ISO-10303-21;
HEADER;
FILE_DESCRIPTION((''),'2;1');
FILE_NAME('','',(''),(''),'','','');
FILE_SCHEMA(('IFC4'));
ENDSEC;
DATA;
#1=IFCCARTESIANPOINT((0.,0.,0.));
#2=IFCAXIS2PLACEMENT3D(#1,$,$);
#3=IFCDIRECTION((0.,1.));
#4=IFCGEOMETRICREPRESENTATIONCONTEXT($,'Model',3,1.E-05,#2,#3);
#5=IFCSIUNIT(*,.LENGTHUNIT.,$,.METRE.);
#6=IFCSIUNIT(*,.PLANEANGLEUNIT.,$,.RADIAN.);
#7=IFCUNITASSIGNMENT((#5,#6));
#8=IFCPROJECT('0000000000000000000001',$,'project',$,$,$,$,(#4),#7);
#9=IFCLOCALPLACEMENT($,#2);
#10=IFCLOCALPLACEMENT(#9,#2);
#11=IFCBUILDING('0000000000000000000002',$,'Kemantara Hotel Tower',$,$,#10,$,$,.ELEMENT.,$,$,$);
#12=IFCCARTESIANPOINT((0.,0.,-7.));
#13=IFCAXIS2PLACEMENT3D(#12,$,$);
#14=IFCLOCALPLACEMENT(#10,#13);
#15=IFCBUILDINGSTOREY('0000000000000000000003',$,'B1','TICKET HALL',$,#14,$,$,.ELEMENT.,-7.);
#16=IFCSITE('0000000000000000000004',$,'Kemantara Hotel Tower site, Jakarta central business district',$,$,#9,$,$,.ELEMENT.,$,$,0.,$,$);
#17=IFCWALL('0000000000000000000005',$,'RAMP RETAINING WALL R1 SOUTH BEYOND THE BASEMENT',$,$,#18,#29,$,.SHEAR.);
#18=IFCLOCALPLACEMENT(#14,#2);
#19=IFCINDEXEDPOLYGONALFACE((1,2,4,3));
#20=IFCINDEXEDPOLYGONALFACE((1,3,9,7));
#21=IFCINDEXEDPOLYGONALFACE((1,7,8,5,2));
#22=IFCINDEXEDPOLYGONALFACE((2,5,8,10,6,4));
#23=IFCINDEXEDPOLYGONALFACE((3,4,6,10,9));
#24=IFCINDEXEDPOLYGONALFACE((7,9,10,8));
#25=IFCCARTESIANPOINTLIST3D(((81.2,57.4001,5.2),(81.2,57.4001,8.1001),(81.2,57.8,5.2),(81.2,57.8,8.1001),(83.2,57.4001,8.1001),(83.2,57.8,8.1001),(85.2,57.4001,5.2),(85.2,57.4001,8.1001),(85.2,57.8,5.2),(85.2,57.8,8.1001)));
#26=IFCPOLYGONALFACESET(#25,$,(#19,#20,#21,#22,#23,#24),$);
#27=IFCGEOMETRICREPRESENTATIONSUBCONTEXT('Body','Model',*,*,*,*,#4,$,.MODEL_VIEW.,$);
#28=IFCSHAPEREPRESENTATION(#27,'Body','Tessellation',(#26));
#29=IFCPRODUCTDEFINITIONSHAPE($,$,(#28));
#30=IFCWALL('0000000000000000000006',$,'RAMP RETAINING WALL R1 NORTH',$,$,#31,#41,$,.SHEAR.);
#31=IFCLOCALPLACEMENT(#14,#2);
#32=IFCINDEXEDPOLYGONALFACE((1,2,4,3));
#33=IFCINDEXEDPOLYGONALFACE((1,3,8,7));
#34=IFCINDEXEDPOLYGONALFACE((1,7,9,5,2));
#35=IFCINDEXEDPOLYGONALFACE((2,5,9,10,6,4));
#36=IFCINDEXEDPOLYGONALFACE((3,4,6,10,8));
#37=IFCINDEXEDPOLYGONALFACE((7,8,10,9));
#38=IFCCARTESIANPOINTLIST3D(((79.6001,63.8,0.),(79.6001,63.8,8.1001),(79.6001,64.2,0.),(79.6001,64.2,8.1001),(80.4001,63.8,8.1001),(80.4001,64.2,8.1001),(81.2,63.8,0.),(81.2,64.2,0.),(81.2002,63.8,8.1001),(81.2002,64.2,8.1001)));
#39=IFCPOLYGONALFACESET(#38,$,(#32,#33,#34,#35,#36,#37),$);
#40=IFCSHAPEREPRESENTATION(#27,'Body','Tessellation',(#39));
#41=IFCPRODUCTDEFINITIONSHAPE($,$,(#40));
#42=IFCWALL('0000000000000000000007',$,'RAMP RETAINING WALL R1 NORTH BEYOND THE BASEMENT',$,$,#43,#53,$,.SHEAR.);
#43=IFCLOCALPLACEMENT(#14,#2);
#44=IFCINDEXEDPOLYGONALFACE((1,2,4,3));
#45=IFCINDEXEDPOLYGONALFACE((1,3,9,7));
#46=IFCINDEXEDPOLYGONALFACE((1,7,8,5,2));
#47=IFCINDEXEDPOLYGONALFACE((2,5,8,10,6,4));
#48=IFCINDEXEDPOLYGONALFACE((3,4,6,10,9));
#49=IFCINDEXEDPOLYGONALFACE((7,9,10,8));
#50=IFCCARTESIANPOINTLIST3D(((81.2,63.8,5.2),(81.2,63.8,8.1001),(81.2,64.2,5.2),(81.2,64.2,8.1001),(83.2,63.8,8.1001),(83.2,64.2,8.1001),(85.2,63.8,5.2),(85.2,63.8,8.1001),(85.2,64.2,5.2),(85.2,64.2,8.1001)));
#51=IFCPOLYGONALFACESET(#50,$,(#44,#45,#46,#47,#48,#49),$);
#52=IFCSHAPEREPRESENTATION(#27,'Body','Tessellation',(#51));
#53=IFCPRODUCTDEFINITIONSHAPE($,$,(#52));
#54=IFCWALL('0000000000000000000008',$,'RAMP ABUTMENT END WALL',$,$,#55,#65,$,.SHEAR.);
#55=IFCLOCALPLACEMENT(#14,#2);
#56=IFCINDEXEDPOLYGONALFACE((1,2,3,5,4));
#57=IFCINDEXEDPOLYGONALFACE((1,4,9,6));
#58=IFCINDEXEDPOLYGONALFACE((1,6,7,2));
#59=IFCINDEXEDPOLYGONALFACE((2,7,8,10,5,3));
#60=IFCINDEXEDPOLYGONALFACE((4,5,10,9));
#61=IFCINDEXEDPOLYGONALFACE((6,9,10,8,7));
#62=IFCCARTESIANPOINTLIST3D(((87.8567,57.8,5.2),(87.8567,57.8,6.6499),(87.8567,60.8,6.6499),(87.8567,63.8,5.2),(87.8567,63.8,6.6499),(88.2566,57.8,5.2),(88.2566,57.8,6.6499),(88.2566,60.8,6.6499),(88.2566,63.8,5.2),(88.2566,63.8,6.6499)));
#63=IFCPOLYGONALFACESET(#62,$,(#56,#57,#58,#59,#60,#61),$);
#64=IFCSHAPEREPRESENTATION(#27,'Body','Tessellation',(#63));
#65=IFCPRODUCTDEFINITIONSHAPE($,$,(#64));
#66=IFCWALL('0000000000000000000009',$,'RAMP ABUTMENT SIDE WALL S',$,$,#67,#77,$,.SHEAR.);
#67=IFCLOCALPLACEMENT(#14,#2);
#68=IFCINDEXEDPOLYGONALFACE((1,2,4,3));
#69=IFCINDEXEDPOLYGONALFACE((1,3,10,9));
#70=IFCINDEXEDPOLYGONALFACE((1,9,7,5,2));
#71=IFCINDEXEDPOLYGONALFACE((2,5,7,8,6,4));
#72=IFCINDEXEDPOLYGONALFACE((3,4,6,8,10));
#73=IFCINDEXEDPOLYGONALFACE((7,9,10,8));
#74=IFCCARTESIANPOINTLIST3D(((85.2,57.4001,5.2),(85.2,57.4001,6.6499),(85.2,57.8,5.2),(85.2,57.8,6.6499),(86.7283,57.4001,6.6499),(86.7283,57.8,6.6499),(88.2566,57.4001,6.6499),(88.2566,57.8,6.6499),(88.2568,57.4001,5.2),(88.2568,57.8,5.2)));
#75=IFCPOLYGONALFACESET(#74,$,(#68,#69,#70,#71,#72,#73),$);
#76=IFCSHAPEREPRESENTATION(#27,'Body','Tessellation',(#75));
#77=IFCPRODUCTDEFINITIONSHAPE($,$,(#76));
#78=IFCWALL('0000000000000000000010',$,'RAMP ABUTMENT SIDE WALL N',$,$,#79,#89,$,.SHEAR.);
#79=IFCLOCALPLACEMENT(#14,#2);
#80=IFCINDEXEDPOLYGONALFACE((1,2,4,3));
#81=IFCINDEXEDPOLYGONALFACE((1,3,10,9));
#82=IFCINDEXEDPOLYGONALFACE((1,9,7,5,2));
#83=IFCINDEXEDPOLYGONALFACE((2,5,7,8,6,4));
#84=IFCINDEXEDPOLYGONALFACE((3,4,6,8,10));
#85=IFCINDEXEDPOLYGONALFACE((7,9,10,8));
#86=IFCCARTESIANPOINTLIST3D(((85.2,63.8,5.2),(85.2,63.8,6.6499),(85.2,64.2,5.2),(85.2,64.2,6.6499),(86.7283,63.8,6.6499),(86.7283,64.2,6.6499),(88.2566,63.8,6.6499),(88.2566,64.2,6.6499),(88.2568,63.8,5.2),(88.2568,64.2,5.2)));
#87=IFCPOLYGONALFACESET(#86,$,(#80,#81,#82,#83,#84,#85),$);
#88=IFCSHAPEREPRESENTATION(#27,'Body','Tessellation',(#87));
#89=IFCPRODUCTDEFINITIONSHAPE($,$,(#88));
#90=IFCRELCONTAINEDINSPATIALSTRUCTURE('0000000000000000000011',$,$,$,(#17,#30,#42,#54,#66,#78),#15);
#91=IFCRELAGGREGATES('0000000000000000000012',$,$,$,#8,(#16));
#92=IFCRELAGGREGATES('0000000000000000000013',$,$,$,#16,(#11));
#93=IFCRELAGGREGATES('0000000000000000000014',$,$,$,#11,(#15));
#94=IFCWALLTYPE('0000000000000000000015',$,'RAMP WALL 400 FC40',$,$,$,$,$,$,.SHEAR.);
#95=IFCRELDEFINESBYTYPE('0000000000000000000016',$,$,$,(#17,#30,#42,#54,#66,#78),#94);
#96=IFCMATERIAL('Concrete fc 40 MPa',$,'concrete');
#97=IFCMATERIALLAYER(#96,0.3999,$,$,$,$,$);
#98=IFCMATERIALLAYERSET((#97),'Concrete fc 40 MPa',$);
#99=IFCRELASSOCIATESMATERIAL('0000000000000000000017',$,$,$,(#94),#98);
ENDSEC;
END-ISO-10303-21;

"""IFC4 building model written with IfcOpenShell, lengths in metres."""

from ifc_helpers import new_model, si_unit, direction, frame, origin, place, context, subcontext, project, spatial, polyline, outline, extrude, material, layer, layer_set, type_object, element, save


model = new_model("IFC4")

# Units and contexts
model_context = context("Model", 3, precision=1e-05, world=origin(), true_north=direction((0.0, 1.0)))
body_context = subcontext(model_context, "Body", "Model", "MODEL_VIEW")
ifc_project = project(units=[si_unit("LENGTHUNIT", "METRE"), si_unit("PLANEANGLEUNIT", "RADIAN")], contexts=[model_context])

# Site, building, storey
site_placement = place(None, origin())
site = spatial("IfcSite", under=ifc_project, at=site_placement, Name="Kemantara Hotel Tower site, Jakarta central business district", CompositionType="ELEMENT", RefElevation=0.0)
building_placement = place(site_placement, origin())
building = spatial("IfcBuilding", under=site, at=building_placement, Name="Kemantara Hotel Tower", CompositionType="ELEMENT")
storey_placement = place(building_placement, frame((0.0, 0.0, -7.0)))
storey = spatial("IfcBuildingStorey", under=building, at=storey_placement, Name="B1", Description="TICKET HALL", CompositionType="ELEMENT", Elevation=-7.0)

# Shared definitions
ifc_material_1 = material(Name="Concrete fc 40 MPa", Category="concrete")

# Walls
ifc_layer_1 = layer(ifc_material_1, 0.3999)
ifc_layer_set_1 = layer_set([ifc_layer_1], Name="Concrete fc 40 MPa")
wall_type_1 = type_object("IfcWallType", Name="RAMP WALL 400 FC40", PredefinedType="SHEAR", material=ifc_layer_set_1)
wall_1_placement = place(storey_placement, frame((81.2, 57.6001, 5.2), z_axis=(0.0, 0.0, 1.0), x_axis=(1.0, 0.0, 0.0)))
element("IfcWall", 1, at=wall_1_placement, inside=storey, type_object=wall_type_1, Name="RAMP RETAINING WALL R1 SOUTH BEYOND THE BASEMENT", PredefinedType="SHEAR", context=body_context, shape_type="SweptSolid", body=[
    extrude(outline(polyline([(0.0, 0.0), (4.0, 0.0), (4.0, 2.9001), (2.0, 2.9001), (0.0, 2.9001), (0.0, 0.0)])), frame((0.0, 0.2, 0.0), z_axis=(0.0, -1.0, 0.0), x_axis=(1.0, 0.0, 0.0)), (0.0, 0.0, 1.0), 0.3999),
])
wall_2_placement = place(storey_placement, frame((79.6001, 64.0, 0.0), z_axis=(0.0, 0.0, 1.0), x_axis=(1.0, 0.0, 0.0)))
element("IfcWall", 2, at=wall_2_placement, inside=storey, type_object=wall_type_1, Name="RAMP RETAINING WALL R1 NORTH", PredefinedType="SHEAR", context=body_context, shape_type="SweptSolid", body=[
    extrude(outline(polyline([(0.0, 0.0), (1.5999, 0.0), (1.6001, 8.1001), (0.8, 8.1001), (0.0, 8.1001), (0.0, 0.0)])), frame((0.0, 0.2, 0.0), z_axis=(0.0, -1.0, 0.0), x_axis=(1.0, 0.0, 0.0)), (0.0, 0.0, 1.0), 0.3999),
])
wall_3_placement = place(storey_placement, frame((81.2, 64.0, 5.2), z_axis=(0.0, 0.0, 1.0), x_axis=(1.0, 0.0, 0.0)))
element("IfcWall", 3, at=wall_3_placement, inside=storey, type_object=wall_type_1, Name="RAMP RETAINING WALL R1 NORTH BEYOND THE BASEMENT", PredefinedType="SHEAR", context=body_context, shape_type="SweptSolid", body=[
    extrude(outline(polyline([(0.0, 0.0), (4.0, 0.0), (4.0, 2.9001), (2.0, 2.9001), (0.0, 2.9001), (0.0, 0.0)])), frame((0.0, 0.2, 0.0), z_axis=(0.0, -1.0, 0.0), x_axis=(1.0, 0.0, 0.0)), (0.0, 0.0, 1.0), 0.3999),
])
wall_4_placement = place(storey_placement, frame((88.0566, 57.8, 5.2), z_axis=(0.0, 0.0, 1.0), x_axis=(0.0, 1.0, 0.0)))
element("IfcWall", 4, at=wall_4_placement, inside=storey, type_object=wall_type_1, Name="RAMP ABUTMENT END WALL", PredefinedType="SHEAR", context=body_context, shape_type="SweptSolid", body=[
    extrude(outline(polyline([(0.0, 0.0), (6.0, 0.0), (6.0, 1.45), (3.0, 1.45), (0.0, 1.45), (0.0, 0.0)])), frame((0.0, 0.2, 0.0), z_axis=(0.0, -1.0, 0.0), x_axis=(1.0, 0.0, 0.0)), (0.0, 0.0, 1.0), 0.3999),
])
for number, where, z_axis, x_axis, name in (
    (5, (85.2, 57.6001, 5.2), (0.0, 0.0, 1.0), (1.0, 0.0, 0.0), "RAMP ABUTMENT SIDE WALL S"),
    (6, (85.2, 64.0, 5.2), (0.0, 0.0, 1.0), (1.0, 0.0, 0.0), "RAMP ABUTMENT SIDE WALL N"),
):
    element("IfcWall", number, at=place(storey_placement, frame(where, z_axis=z_axis, x_axis=x_axis)), inside=storey, type_object=wall_type_1, Name=name, PredefinedType="SHEAR", context=body_context, shape_type="SweptSolid", body=[
        extrude(outline(polyline([(0.0, 0.0), (3.0569, 0.0), (3.0566, 1.45), (1.5283, 1.45), (0.0, 1.45), (0.0, 0.0)])), frame((0.0, 0.2, 0.0), z_axis=(0.0, -1.0, 0.0), x_axis=(1.0, 0.0, 0.0)), (0.0, 0.0, 1.0), 0.3999),
    ])

save(model, "model.ifc")
